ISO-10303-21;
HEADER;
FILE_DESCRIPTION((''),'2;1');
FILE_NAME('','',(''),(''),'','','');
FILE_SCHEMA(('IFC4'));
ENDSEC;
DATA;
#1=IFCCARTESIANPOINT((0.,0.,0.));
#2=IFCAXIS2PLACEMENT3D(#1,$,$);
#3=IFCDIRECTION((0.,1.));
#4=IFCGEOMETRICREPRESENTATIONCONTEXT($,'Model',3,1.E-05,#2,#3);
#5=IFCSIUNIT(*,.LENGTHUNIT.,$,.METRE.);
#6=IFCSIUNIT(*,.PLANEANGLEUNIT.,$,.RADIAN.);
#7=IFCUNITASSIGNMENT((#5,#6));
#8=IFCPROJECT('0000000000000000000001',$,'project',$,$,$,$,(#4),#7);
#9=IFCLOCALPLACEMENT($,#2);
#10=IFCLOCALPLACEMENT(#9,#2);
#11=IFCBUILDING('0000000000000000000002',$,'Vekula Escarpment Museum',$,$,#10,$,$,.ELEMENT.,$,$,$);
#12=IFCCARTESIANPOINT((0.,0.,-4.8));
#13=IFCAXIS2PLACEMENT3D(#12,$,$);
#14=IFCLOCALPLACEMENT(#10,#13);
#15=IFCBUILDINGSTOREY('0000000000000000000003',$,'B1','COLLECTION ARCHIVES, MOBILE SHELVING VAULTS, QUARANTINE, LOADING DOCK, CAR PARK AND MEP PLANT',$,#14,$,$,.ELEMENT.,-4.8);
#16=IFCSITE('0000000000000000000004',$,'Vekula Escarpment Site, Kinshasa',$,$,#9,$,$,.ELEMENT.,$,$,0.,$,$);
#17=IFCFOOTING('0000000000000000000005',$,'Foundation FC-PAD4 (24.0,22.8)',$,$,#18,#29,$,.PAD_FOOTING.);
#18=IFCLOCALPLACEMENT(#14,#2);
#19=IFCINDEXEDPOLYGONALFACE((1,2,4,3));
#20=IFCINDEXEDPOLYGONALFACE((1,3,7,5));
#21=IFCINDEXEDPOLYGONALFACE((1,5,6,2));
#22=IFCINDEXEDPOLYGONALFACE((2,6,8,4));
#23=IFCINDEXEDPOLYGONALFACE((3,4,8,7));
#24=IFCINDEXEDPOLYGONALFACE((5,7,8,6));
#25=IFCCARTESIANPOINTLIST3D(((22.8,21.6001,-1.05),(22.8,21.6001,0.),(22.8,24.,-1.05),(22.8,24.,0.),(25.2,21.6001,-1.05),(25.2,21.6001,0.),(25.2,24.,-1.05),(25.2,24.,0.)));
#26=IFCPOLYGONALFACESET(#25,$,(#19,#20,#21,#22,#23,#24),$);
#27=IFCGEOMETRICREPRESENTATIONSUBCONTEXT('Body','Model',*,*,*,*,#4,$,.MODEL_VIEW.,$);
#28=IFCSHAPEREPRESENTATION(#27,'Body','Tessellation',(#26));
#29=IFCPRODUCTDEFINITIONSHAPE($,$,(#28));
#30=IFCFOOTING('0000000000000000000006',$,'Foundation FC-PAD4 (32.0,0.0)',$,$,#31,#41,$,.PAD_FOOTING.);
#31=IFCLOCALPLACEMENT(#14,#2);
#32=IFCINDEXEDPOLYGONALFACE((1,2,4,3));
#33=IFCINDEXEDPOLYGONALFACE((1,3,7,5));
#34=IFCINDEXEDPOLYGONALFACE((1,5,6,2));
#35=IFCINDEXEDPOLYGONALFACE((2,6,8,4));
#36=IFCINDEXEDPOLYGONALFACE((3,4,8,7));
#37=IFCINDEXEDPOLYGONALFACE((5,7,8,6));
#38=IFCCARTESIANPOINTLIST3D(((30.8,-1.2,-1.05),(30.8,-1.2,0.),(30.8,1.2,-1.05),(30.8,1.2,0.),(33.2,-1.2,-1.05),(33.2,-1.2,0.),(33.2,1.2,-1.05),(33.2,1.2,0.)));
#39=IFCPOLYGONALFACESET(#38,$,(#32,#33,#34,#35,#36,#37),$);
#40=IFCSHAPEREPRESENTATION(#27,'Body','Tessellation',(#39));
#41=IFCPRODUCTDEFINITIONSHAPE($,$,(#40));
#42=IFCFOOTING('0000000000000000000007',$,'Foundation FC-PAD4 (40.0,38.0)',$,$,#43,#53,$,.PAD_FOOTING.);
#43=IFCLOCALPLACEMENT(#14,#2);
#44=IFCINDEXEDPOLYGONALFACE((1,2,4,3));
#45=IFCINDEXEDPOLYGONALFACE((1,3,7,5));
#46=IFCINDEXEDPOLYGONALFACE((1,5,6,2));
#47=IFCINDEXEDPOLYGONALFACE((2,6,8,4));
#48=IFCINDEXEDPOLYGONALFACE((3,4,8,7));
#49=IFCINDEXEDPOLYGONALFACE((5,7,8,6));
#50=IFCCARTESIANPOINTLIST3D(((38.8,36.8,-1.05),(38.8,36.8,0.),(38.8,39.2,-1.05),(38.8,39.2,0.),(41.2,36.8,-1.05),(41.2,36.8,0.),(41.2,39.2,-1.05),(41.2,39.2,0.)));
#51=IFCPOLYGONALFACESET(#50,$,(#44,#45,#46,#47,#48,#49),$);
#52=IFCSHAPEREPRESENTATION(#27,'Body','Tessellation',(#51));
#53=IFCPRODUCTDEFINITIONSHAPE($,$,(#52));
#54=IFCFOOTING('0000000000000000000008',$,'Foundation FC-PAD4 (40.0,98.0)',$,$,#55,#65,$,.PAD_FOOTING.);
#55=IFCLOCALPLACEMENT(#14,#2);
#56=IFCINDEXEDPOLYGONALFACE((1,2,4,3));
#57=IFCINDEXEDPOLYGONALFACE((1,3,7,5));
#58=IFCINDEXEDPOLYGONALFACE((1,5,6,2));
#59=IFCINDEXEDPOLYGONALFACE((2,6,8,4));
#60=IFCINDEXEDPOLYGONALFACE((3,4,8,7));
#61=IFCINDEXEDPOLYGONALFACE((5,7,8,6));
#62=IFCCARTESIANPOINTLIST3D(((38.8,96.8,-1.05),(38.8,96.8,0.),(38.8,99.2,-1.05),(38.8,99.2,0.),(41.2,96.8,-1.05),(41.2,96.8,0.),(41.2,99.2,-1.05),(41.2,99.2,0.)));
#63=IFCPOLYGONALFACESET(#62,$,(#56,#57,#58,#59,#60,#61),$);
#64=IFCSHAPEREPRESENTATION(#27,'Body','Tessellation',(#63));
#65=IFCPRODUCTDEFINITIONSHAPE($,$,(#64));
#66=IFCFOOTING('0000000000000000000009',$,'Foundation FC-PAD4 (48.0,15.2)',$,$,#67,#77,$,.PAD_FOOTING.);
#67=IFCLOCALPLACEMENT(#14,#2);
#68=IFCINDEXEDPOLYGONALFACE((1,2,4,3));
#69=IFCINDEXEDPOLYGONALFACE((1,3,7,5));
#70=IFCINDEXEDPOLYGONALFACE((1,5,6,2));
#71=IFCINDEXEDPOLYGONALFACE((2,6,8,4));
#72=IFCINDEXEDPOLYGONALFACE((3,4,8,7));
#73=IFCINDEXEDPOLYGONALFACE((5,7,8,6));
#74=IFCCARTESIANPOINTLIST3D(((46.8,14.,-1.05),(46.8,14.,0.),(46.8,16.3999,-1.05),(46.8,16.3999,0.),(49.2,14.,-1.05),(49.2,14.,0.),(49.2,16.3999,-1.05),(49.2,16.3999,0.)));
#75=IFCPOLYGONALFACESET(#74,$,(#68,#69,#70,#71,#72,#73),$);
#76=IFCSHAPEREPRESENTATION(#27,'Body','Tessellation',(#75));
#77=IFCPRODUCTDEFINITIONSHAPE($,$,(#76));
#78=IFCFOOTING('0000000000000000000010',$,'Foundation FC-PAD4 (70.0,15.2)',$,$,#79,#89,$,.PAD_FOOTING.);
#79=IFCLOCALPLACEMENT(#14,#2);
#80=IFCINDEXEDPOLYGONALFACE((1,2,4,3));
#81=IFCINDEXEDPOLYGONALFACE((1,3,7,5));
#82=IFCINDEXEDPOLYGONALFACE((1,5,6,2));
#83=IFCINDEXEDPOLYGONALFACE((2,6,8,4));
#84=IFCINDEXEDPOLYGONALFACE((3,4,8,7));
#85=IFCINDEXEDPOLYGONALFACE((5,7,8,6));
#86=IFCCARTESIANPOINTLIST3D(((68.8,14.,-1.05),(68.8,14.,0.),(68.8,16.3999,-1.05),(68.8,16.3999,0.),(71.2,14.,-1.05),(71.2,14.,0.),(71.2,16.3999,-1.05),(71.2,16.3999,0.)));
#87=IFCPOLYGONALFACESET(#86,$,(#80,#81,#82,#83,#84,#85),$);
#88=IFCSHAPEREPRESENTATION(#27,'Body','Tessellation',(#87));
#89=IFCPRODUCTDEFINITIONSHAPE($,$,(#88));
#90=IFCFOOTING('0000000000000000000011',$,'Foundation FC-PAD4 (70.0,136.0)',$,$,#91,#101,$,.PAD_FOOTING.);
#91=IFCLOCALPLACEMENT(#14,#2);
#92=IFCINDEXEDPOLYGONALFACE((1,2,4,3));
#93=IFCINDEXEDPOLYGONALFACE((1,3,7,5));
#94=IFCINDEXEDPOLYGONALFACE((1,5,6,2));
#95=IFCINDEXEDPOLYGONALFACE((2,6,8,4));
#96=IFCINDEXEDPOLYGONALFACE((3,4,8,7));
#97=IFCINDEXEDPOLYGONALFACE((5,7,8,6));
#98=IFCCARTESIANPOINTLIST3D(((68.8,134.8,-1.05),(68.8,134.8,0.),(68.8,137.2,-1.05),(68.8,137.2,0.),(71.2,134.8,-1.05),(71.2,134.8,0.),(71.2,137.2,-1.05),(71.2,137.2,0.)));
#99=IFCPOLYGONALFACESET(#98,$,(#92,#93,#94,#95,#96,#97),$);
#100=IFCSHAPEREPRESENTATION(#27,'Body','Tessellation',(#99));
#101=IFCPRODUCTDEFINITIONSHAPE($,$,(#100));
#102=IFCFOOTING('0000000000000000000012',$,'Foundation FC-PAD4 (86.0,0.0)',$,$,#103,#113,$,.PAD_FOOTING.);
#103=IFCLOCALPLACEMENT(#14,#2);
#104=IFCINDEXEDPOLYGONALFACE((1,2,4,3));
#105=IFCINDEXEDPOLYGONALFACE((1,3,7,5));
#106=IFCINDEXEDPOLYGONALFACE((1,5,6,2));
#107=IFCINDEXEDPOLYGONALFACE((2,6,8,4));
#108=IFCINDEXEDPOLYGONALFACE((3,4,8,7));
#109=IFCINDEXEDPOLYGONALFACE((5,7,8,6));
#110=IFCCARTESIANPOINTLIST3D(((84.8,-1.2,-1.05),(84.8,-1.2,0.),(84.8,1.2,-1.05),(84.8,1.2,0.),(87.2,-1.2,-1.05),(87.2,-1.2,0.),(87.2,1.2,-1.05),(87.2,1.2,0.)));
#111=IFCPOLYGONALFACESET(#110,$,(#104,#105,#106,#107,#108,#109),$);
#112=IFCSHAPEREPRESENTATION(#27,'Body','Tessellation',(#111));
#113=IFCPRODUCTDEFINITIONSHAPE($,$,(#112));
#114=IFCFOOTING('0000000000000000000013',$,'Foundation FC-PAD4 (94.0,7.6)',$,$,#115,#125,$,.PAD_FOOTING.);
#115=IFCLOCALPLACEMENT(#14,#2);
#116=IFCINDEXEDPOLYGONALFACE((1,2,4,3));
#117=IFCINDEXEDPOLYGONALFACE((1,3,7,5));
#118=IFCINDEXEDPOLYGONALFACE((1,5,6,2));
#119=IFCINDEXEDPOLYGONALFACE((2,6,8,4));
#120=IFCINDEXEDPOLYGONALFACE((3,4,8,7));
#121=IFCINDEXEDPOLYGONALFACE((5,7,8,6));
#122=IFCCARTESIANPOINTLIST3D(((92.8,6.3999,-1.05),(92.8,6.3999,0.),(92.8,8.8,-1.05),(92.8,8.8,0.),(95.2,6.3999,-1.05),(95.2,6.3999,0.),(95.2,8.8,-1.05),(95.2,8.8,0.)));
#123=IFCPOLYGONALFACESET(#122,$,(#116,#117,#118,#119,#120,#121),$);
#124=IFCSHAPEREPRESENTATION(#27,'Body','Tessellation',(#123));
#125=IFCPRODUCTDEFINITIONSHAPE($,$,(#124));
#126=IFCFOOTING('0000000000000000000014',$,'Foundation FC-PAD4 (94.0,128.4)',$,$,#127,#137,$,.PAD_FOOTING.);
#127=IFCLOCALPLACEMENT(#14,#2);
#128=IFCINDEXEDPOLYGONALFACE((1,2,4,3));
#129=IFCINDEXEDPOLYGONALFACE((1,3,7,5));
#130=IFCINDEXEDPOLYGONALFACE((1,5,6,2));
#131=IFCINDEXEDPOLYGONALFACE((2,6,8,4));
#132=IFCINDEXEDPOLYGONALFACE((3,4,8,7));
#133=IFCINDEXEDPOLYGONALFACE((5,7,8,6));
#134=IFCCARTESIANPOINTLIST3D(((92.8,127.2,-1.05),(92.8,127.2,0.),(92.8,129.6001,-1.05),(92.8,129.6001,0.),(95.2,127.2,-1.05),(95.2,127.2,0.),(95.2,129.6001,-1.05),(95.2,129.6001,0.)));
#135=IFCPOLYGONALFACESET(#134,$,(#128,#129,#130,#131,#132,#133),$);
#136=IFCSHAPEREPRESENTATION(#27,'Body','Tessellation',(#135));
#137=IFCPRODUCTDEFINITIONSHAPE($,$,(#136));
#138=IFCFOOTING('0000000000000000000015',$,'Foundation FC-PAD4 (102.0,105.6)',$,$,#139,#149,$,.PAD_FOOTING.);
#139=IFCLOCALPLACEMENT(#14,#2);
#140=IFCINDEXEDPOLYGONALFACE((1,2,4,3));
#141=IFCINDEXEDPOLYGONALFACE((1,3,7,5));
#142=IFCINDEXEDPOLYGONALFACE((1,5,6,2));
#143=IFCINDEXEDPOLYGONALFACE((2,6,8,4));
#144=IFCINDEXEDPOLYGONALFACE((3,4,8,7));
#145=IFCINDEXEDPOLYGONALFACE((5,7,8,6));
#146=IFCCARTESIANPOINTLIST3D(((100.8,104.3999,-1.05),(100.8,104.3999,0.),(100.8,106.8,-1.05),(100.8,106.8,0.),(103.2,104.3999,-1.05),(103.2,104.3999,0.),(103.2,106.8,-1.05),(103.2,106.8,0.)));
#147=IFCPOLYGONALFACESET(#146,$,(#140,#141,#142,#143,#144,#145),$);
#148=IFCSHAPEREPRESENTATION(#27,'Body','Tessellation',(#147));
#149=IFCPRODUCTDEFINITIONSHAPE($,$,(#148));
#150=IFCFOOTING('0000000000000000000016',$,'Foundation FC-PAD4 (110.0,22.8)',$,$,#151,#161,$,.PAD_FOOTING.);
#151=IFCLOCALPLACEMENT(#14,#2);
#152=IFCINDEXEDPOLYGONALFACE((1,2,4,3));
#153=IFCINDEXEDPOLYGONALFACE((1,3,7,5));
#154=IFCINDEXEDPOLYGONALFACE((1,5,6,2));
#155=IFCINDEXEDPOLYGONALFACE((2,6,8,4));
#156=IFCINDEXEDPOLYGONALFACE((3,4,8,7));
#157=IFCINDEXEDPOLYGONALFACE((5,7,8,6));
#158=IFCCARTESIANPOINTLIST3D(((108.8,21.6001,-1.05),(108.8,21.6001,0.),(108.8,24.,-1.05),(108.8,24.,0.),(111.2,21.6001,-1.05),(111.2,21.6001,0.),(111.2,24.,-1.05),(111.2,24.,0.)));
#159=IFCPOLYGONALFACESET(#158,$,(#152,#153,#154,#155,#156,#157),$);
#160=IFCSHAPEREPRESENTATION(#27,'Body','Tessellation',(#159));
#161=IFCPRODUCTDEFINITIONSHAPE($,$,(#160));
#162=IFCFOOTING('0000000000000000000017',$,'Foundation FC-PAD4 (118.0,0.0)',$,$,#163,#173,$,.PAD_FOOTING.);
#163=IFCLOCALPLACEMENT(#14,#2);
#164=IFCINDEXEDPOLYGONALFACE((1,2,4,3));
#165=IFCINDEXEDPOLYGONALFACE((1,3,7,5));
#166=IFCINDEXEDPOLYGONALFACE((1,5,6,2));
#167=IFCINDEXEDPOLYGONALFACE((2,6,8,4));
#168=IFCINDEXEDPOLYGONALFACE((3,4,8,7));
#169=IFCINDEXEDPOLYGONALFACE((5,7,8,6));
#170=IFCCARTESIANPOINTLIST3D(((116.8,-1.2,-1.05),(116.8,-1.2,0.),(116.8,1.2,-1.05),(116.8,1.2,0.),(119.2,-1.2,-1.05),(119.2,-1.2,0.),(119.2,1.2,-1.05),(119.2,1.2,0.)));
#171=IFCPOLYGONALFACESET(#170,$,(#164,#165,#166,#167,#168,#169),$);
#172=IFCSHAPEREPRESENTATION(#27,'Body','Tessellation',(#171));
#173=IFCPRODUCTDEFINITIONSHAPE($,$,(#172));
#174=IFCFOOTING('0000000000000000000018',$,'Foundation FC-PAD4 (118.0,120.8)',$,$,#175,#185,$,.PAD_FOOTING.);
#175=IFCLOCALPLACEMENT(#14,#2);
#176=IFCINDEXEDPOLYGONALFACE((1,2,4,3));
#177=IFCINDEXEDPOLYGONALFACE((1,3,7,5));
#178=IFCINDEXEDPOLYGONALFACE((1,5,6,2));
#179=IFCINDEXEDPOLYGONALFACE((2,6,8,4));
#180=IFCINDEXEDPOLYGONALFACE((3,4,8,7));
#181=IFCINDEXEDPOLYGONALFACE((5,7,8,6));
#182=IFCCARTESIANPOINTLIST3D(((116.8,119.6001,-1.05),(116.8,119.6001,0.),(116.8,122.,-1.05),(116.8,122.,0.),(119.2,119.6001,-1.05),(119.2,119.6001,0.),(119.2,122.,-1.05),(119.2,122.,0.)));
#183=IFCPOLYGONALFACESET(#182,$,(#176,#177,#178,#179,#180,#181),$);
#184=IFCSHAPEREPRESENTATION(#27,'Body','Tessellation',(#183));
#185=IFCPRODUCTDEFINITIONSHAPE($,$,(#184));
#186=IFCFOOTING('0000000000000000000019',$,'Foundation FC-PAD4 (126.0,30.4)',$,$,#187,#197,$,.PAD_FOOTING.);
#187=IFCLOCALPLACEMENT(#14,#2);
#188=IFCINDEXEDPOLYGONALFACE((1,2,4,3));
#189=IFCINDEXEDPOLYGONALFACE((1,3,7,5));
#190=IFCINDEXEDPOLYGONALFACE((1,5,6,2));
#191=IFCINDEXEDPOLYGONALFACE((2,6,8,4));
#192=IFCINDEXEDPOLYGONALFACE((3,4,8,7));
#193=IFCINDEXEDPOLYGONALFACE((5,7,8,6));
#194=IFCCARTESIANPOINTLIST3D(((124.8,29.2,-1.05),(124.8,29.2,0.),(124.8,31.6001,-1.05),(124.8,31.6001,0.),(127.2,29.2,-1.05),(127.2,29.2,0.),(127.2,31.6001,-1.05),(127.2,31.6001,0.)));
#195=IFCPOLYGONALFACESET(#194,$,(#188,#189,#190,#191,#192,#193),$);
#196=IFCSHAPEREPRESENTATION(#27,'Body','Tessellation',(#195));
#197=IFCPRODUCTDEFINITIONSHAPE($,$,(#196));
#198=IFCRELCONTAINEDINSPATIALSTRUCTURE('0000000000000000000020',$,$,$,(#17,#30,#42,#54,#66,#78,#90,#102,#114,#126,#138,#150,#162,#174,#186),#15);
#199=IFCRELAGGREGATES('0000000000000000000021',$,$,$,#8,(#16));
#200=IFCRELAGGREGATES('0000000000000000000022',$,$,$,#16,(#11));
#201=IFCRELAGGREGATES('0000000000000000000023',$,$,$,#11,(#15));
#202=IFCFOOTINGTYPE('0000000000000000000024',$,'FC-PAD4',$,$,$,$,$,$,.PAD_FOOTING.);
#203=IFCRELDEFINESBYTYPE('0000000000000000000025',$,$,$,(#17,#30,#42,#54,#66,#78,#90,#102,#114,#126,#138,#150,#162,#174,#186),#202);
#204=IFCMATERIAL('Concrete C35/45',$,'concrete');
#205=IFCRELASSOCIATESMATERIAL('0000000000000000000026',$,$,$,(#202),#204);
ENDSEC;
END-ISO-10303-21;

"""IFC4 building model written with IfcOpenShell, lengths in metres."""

from ifc_helpers import new_model, si_unit, direction, frame, origin, place, context, subcontext, project, spatial, polyline, outline, extrude, material, type_object, element, save


model = new_model("IFC4")

# Units and contexts
model_context = context("Model", 3, precision=1e-05, world=origin(), true_north=direction((0.0, 1.0)))
body_context = subcontext(model_context, "Body", "Model", "MODEL_VIEW")
ifc_project = project(units=[si_unit("LENGTHUNIT", "METRE"), si_unit("PLANEANGLEUNIT", "RADIAN")], contexts=[model_context])

# Site, building, storey
site_placement = place(None, origin())
site = spatial("IfcSite", under=ifc_project, at=site_placement, Name="Vekula Escarpment Site, Kinshasa", CompositionType="ELEMENT", RefElevation=0.0)
building_placement = place(site_placement, origin())
building = spatial("IfcBuilding", under=site, at=building_placement, Name="Vekula Escarpment Museum", CompositionType="ELEMENT")
storey_placement = place(building_placement, frame((0.0, 0.0, -4.8)))
storey = spatial("IfcBuildingStorey", under=building, at=storey_placement, Name="B1", Description="COLLECTION ARCHIVES, MOBILE SHELVING VAULTS, QUARANTINE, LOADING DOCK, CAR PARK AND MEP PLANT", CompositionType="ELEMENT", Elevation=-4.8)

# Footings
ifc_material_1 = material(Name="Concrete C35/45", Category="concrete")
footing_type_1 = type_object("IfcFootingType", Name="FC-PAD4", PredefinedType="PAD_FOOTING", material=ifc_material_1)
footing_1_placement = place(storey_placement, frame((0.0, 0.0, -1.05)))
element("IfcFooting", 1, at=footing_1_placement, inside=storey, type_object=footing_type_1, Name="Foundation FC-PAD4 (24.0,22.8)", PredefinedType="PAD_FOOTING", context=body_context, shape_type="SweptSolid", body=[
    extrude(outline(polyline([(22.8, 21.6001), (25.2, 21.6001), (25.2, 24.0), (22.8, 24.0), (22.8, 21.6001)])), origin(), (0.0, 0.0, 1.0), 1.05),
])
footing_2_placement = place(storey_placement, frame((0.0, 0.0, -1.05)))
element("IfcFooting", 2, at=footing_2_placement, inside=storey, type_object=footing_type_1, Name="Foundation FC-PAD4 (32.0,0.0)", PredefinedType="PAD_FOOTING", context=body_context, shape_type="SweptSolid", body=[
    extrude(outline(polyline([(30.8, -1.2), (33.2, -1.2), (33.2, 1.2), (30.8, 1.2), (30.8, -1.2)])), origin(), (0.0, 0.0, 1.0), 1.05),
])
footing_3_placement = place(storey_placement, frame((0.0, 0.0, -1.05)))
element("IfcFooting", 3, at=footing_3_placement, inside=storey, type_object=footing_type_1, Name="Foundation FC-PAD4 (40.0,38.0)", PredefinedType="PAD_FOOTING", context=body_context, shape_type="SweptSolid", body=[
    extrude(outline(polyline([(38.8, 36.8), (41.2, 36.8), (41.2, 39.2), (38.8, 39.2), (38.8, 36.8)])), origin(), (0.0, 0.0, 1.0), 1.05),
])
footing_4_placement = place(storey_placement, frame((0.0, 0.0, -1.05)))
element("IfcFooting", 4, at=footing_4_placement, inside=storey, type_object=footing_type_1, Name="Foundation FC-PAD4 (40.0,98.0)", PredefinedType="PAD_FOOTING", context=body_context, shape_type="SweptSolid", body=[
    extrude(outline(polyline([(38.8, 96.8), (41.2, 96.8), (41.2, 99.2), (38.8, 99.2), (38.8, 96.8)])), origin(), (0.0, 0.0, 1.0), 1.05),
])
footing_5_placement = place(storey_placement, frame((0.0, 0.0, -1.05)))
element("IfcFooting", 5, at=footing_5_placement, inside=storey, type_object=footing_type_1, Name="Foundation FC-PAD4 (48.0,15.2)", PredefinedType="PAD_FOOTING", context=body_context, shape_type="SweptSolid", body=[
    extrude(outline(polyline([(46.8, 14.0), (49.2, 14.0), (49.2, 16.3999), (46.8, 16.3999), (46.8, 14.0)])), origin(), (0.0, 0.0, 1.0), 1.05),
])
footing_6_placement = place(storey_placement, frame((0.0, 0.0, -1.05)))
element("IfcFooting", 6, at=footing_6_placement, inside=storey, type_object=footing_type_1, Name="Foundation FC-PAD4 (70.0,15.2)", PredefinedType="PAD_FOOTING", context=body_context, shape_type="SweptSolid", body=[
    extrude(outline(polyline([(68.8, 14.0), (71.2, 14.0), (71.2, 16.3999), (68.8, 16.3999), (68.8, 14.0)])), origin(), (0.0, 0.0, 1.0), 1.05),
])
footing_7_placement = place(storey_placement, frame((0.0, 0.0, -1.05)))
element("IfcFooting", 7, at=footing_7_placement, inside=storey, type_object=footing_type_1, Name="Foundation FC-PAD4 (70.0,136.0)", PredefinedType="PAD_FOOTING", context=body_context, shape_type="SweptSolid", body=[
    extrude(outline(polyline([(68.8, 134.8), (71.2, 134.8), (71.2, 137.2), (68.8, 137.2), (68.8, 134.8)])), origin(), (0.0, 0.0, 1.0), 1.05),
])
footing_8_placement = place(storey_placement, frame((0.0, 0.0, -1.05)))
element("IfcFooting", 8, at=footing_8_placement, inside=storey, type_object=footing_type_1, Name="Foundation FC-PAD4 (86.0,0.0)", PredefinedType="PAD_FOOTING", context=body_context, shape_type="SweptSolid", body=[
    extrude(outline(polyline([(84.8, -1.2), (87.2, -1.2), (87.2, 1.2), (84.8, 1.2), (84.8, -1.2)])), origin(), (0.0, 0.0, 1.0), 1.05),
])
footing_9_placement = place(storey_placement, frame((0.0, 0.0, -1.05)))
element("IfcFooting", 9, at=footing_9_placement, inside=storey, type_object=footing_type_1, Name="Foundation FC-PAD4 (94.0,7.6)", PredefinedType="PAD_FOOTING", context=body_context, shape_type="SweptSolid", body=[
    extrude(outline(polyline([(92.8, 6.3999), (95.2, 6.3999), (95.2, 8.8), (92.8, 8.8), (92.8, 6.3999)])), origin(), (0.0, 0.0, 1.0), 1.05),
])
footing_10_placement = place(storey_placement, frame((0.0, 0.0, -1.05)))
element("IfcFooting", 10, at=footing_10_placement, inside=storey, type_object=footing_type_1, Name="Foundation FC-PAD4 (94.0,128.4)", PredefinedType="PAD_FOOTING", context=body_context, shape_type="SweptSolid", body=[
    extrude(outline(polyline([(92.8, 127.2), (95.2, 127.2), (95.2, 129.6001), (92.8, 129.6001), (92.8, 127.2)])), origin(), (0.0, 0.0, 1.0), 1.05),
])
footing_11_placement = place(storey_placement, frame((0.0, 0.0, -1.05)))
element("IfcFooting", 11, at=footing_11_placement, inside=storey, type_object=footing_type_1, Name="Foundation FC-PAD4 (102.0,105.6)", PredefinedType="PAD_FOOTING", context=body_context, shape_type="SweptSolid", body=[
    extrude(outline(polyline([(100.8, 104.3999), (103.2, 104.3999), (103.2, 106.8), (100.8, 106.8), (100.8, 104.3999)])), origin(), (0.0, 0.0, 1.0), 1.05),
])
footing_12_placement = place(storey_placement, frame((0.0, 0.0, -1.05)))
element("IfcFooting", 12, at=footing_12_placement, inside=storey, type_object=footing_type_1, Name="Foundation FC-PAD4 (110.0,22.8)", PredefinedType="PAD_FOOTING", context=body_context, shape_type="SweptSolid", body=[
    extrude(outline(polyline([(108.8, 21.6001), (111.2, 21.6001), (111.2, 24.0), (108.8, 24.0), (108.8, 21.6001)])), origin(), (0.0, 0.0, 1.0), 1.05),
])
footing_13_placement = place(storey_placement, frame((0.0, 0.0, -1.05)))
element("IfcFooting", 13, at=footing_13_placement, inside=storey, type_object=footing_type_1, Name="Foundation FC-PAD4 (118.0,0.0)", PredefinedType="PAD_FOOTING", context=body_context, shape_type="SweptSolid", body=[
    extrude(outline(polyline([(116.8, -1.2), (119.2, -1.2), (119.2, 1.2), (116.8, 1.2), (116.8, -1.2)])), origin(), (0.0, 0.0, 1.0), 1.05),
])
footing_14_placement = place(storey_placement, frame((0.0, 0.0, -1.05)))
element("IfcFooting", 14, at=footing_14_placement, inside=storey, type_object=footing_type_1, Name="Foundation FC-PAD4 (118.0,120.8)", PredefinedType="PAD_FOOTING", context=body_context, shape_type="SweptSolid", body=[
    extrude(outline(polyline([(116.8, 119.6001), (119.2, 119.6001), (119.2, 122.0), (116.8, 122.0), (116.8, 119.6001)])), origin(), (0.0, 0.0, 1.0), 1.05),
])
footing_15_placement = place(storey_placement, frame((0.0, 0.0, -1.05)))
element("IfcFooting", 15, at=footing_15_placement, inside=storey, type_object=footing_type_1, Name="Foundation FC-PAD4 (126.0,30.4)", PredefinedType="PAD_FOOTING", context=body_context, shape_type="SweptSolid", body=[
    extrude(outline(polyline([(124.8, 29.2), (127.2, 29.2), (127.2, 31.6001), (124.8, 31.6001), (124.8, 29.2)])), origin(), (0.0, 0.0, 1.0), 1.05),
])

save(model, "model.ifc")
